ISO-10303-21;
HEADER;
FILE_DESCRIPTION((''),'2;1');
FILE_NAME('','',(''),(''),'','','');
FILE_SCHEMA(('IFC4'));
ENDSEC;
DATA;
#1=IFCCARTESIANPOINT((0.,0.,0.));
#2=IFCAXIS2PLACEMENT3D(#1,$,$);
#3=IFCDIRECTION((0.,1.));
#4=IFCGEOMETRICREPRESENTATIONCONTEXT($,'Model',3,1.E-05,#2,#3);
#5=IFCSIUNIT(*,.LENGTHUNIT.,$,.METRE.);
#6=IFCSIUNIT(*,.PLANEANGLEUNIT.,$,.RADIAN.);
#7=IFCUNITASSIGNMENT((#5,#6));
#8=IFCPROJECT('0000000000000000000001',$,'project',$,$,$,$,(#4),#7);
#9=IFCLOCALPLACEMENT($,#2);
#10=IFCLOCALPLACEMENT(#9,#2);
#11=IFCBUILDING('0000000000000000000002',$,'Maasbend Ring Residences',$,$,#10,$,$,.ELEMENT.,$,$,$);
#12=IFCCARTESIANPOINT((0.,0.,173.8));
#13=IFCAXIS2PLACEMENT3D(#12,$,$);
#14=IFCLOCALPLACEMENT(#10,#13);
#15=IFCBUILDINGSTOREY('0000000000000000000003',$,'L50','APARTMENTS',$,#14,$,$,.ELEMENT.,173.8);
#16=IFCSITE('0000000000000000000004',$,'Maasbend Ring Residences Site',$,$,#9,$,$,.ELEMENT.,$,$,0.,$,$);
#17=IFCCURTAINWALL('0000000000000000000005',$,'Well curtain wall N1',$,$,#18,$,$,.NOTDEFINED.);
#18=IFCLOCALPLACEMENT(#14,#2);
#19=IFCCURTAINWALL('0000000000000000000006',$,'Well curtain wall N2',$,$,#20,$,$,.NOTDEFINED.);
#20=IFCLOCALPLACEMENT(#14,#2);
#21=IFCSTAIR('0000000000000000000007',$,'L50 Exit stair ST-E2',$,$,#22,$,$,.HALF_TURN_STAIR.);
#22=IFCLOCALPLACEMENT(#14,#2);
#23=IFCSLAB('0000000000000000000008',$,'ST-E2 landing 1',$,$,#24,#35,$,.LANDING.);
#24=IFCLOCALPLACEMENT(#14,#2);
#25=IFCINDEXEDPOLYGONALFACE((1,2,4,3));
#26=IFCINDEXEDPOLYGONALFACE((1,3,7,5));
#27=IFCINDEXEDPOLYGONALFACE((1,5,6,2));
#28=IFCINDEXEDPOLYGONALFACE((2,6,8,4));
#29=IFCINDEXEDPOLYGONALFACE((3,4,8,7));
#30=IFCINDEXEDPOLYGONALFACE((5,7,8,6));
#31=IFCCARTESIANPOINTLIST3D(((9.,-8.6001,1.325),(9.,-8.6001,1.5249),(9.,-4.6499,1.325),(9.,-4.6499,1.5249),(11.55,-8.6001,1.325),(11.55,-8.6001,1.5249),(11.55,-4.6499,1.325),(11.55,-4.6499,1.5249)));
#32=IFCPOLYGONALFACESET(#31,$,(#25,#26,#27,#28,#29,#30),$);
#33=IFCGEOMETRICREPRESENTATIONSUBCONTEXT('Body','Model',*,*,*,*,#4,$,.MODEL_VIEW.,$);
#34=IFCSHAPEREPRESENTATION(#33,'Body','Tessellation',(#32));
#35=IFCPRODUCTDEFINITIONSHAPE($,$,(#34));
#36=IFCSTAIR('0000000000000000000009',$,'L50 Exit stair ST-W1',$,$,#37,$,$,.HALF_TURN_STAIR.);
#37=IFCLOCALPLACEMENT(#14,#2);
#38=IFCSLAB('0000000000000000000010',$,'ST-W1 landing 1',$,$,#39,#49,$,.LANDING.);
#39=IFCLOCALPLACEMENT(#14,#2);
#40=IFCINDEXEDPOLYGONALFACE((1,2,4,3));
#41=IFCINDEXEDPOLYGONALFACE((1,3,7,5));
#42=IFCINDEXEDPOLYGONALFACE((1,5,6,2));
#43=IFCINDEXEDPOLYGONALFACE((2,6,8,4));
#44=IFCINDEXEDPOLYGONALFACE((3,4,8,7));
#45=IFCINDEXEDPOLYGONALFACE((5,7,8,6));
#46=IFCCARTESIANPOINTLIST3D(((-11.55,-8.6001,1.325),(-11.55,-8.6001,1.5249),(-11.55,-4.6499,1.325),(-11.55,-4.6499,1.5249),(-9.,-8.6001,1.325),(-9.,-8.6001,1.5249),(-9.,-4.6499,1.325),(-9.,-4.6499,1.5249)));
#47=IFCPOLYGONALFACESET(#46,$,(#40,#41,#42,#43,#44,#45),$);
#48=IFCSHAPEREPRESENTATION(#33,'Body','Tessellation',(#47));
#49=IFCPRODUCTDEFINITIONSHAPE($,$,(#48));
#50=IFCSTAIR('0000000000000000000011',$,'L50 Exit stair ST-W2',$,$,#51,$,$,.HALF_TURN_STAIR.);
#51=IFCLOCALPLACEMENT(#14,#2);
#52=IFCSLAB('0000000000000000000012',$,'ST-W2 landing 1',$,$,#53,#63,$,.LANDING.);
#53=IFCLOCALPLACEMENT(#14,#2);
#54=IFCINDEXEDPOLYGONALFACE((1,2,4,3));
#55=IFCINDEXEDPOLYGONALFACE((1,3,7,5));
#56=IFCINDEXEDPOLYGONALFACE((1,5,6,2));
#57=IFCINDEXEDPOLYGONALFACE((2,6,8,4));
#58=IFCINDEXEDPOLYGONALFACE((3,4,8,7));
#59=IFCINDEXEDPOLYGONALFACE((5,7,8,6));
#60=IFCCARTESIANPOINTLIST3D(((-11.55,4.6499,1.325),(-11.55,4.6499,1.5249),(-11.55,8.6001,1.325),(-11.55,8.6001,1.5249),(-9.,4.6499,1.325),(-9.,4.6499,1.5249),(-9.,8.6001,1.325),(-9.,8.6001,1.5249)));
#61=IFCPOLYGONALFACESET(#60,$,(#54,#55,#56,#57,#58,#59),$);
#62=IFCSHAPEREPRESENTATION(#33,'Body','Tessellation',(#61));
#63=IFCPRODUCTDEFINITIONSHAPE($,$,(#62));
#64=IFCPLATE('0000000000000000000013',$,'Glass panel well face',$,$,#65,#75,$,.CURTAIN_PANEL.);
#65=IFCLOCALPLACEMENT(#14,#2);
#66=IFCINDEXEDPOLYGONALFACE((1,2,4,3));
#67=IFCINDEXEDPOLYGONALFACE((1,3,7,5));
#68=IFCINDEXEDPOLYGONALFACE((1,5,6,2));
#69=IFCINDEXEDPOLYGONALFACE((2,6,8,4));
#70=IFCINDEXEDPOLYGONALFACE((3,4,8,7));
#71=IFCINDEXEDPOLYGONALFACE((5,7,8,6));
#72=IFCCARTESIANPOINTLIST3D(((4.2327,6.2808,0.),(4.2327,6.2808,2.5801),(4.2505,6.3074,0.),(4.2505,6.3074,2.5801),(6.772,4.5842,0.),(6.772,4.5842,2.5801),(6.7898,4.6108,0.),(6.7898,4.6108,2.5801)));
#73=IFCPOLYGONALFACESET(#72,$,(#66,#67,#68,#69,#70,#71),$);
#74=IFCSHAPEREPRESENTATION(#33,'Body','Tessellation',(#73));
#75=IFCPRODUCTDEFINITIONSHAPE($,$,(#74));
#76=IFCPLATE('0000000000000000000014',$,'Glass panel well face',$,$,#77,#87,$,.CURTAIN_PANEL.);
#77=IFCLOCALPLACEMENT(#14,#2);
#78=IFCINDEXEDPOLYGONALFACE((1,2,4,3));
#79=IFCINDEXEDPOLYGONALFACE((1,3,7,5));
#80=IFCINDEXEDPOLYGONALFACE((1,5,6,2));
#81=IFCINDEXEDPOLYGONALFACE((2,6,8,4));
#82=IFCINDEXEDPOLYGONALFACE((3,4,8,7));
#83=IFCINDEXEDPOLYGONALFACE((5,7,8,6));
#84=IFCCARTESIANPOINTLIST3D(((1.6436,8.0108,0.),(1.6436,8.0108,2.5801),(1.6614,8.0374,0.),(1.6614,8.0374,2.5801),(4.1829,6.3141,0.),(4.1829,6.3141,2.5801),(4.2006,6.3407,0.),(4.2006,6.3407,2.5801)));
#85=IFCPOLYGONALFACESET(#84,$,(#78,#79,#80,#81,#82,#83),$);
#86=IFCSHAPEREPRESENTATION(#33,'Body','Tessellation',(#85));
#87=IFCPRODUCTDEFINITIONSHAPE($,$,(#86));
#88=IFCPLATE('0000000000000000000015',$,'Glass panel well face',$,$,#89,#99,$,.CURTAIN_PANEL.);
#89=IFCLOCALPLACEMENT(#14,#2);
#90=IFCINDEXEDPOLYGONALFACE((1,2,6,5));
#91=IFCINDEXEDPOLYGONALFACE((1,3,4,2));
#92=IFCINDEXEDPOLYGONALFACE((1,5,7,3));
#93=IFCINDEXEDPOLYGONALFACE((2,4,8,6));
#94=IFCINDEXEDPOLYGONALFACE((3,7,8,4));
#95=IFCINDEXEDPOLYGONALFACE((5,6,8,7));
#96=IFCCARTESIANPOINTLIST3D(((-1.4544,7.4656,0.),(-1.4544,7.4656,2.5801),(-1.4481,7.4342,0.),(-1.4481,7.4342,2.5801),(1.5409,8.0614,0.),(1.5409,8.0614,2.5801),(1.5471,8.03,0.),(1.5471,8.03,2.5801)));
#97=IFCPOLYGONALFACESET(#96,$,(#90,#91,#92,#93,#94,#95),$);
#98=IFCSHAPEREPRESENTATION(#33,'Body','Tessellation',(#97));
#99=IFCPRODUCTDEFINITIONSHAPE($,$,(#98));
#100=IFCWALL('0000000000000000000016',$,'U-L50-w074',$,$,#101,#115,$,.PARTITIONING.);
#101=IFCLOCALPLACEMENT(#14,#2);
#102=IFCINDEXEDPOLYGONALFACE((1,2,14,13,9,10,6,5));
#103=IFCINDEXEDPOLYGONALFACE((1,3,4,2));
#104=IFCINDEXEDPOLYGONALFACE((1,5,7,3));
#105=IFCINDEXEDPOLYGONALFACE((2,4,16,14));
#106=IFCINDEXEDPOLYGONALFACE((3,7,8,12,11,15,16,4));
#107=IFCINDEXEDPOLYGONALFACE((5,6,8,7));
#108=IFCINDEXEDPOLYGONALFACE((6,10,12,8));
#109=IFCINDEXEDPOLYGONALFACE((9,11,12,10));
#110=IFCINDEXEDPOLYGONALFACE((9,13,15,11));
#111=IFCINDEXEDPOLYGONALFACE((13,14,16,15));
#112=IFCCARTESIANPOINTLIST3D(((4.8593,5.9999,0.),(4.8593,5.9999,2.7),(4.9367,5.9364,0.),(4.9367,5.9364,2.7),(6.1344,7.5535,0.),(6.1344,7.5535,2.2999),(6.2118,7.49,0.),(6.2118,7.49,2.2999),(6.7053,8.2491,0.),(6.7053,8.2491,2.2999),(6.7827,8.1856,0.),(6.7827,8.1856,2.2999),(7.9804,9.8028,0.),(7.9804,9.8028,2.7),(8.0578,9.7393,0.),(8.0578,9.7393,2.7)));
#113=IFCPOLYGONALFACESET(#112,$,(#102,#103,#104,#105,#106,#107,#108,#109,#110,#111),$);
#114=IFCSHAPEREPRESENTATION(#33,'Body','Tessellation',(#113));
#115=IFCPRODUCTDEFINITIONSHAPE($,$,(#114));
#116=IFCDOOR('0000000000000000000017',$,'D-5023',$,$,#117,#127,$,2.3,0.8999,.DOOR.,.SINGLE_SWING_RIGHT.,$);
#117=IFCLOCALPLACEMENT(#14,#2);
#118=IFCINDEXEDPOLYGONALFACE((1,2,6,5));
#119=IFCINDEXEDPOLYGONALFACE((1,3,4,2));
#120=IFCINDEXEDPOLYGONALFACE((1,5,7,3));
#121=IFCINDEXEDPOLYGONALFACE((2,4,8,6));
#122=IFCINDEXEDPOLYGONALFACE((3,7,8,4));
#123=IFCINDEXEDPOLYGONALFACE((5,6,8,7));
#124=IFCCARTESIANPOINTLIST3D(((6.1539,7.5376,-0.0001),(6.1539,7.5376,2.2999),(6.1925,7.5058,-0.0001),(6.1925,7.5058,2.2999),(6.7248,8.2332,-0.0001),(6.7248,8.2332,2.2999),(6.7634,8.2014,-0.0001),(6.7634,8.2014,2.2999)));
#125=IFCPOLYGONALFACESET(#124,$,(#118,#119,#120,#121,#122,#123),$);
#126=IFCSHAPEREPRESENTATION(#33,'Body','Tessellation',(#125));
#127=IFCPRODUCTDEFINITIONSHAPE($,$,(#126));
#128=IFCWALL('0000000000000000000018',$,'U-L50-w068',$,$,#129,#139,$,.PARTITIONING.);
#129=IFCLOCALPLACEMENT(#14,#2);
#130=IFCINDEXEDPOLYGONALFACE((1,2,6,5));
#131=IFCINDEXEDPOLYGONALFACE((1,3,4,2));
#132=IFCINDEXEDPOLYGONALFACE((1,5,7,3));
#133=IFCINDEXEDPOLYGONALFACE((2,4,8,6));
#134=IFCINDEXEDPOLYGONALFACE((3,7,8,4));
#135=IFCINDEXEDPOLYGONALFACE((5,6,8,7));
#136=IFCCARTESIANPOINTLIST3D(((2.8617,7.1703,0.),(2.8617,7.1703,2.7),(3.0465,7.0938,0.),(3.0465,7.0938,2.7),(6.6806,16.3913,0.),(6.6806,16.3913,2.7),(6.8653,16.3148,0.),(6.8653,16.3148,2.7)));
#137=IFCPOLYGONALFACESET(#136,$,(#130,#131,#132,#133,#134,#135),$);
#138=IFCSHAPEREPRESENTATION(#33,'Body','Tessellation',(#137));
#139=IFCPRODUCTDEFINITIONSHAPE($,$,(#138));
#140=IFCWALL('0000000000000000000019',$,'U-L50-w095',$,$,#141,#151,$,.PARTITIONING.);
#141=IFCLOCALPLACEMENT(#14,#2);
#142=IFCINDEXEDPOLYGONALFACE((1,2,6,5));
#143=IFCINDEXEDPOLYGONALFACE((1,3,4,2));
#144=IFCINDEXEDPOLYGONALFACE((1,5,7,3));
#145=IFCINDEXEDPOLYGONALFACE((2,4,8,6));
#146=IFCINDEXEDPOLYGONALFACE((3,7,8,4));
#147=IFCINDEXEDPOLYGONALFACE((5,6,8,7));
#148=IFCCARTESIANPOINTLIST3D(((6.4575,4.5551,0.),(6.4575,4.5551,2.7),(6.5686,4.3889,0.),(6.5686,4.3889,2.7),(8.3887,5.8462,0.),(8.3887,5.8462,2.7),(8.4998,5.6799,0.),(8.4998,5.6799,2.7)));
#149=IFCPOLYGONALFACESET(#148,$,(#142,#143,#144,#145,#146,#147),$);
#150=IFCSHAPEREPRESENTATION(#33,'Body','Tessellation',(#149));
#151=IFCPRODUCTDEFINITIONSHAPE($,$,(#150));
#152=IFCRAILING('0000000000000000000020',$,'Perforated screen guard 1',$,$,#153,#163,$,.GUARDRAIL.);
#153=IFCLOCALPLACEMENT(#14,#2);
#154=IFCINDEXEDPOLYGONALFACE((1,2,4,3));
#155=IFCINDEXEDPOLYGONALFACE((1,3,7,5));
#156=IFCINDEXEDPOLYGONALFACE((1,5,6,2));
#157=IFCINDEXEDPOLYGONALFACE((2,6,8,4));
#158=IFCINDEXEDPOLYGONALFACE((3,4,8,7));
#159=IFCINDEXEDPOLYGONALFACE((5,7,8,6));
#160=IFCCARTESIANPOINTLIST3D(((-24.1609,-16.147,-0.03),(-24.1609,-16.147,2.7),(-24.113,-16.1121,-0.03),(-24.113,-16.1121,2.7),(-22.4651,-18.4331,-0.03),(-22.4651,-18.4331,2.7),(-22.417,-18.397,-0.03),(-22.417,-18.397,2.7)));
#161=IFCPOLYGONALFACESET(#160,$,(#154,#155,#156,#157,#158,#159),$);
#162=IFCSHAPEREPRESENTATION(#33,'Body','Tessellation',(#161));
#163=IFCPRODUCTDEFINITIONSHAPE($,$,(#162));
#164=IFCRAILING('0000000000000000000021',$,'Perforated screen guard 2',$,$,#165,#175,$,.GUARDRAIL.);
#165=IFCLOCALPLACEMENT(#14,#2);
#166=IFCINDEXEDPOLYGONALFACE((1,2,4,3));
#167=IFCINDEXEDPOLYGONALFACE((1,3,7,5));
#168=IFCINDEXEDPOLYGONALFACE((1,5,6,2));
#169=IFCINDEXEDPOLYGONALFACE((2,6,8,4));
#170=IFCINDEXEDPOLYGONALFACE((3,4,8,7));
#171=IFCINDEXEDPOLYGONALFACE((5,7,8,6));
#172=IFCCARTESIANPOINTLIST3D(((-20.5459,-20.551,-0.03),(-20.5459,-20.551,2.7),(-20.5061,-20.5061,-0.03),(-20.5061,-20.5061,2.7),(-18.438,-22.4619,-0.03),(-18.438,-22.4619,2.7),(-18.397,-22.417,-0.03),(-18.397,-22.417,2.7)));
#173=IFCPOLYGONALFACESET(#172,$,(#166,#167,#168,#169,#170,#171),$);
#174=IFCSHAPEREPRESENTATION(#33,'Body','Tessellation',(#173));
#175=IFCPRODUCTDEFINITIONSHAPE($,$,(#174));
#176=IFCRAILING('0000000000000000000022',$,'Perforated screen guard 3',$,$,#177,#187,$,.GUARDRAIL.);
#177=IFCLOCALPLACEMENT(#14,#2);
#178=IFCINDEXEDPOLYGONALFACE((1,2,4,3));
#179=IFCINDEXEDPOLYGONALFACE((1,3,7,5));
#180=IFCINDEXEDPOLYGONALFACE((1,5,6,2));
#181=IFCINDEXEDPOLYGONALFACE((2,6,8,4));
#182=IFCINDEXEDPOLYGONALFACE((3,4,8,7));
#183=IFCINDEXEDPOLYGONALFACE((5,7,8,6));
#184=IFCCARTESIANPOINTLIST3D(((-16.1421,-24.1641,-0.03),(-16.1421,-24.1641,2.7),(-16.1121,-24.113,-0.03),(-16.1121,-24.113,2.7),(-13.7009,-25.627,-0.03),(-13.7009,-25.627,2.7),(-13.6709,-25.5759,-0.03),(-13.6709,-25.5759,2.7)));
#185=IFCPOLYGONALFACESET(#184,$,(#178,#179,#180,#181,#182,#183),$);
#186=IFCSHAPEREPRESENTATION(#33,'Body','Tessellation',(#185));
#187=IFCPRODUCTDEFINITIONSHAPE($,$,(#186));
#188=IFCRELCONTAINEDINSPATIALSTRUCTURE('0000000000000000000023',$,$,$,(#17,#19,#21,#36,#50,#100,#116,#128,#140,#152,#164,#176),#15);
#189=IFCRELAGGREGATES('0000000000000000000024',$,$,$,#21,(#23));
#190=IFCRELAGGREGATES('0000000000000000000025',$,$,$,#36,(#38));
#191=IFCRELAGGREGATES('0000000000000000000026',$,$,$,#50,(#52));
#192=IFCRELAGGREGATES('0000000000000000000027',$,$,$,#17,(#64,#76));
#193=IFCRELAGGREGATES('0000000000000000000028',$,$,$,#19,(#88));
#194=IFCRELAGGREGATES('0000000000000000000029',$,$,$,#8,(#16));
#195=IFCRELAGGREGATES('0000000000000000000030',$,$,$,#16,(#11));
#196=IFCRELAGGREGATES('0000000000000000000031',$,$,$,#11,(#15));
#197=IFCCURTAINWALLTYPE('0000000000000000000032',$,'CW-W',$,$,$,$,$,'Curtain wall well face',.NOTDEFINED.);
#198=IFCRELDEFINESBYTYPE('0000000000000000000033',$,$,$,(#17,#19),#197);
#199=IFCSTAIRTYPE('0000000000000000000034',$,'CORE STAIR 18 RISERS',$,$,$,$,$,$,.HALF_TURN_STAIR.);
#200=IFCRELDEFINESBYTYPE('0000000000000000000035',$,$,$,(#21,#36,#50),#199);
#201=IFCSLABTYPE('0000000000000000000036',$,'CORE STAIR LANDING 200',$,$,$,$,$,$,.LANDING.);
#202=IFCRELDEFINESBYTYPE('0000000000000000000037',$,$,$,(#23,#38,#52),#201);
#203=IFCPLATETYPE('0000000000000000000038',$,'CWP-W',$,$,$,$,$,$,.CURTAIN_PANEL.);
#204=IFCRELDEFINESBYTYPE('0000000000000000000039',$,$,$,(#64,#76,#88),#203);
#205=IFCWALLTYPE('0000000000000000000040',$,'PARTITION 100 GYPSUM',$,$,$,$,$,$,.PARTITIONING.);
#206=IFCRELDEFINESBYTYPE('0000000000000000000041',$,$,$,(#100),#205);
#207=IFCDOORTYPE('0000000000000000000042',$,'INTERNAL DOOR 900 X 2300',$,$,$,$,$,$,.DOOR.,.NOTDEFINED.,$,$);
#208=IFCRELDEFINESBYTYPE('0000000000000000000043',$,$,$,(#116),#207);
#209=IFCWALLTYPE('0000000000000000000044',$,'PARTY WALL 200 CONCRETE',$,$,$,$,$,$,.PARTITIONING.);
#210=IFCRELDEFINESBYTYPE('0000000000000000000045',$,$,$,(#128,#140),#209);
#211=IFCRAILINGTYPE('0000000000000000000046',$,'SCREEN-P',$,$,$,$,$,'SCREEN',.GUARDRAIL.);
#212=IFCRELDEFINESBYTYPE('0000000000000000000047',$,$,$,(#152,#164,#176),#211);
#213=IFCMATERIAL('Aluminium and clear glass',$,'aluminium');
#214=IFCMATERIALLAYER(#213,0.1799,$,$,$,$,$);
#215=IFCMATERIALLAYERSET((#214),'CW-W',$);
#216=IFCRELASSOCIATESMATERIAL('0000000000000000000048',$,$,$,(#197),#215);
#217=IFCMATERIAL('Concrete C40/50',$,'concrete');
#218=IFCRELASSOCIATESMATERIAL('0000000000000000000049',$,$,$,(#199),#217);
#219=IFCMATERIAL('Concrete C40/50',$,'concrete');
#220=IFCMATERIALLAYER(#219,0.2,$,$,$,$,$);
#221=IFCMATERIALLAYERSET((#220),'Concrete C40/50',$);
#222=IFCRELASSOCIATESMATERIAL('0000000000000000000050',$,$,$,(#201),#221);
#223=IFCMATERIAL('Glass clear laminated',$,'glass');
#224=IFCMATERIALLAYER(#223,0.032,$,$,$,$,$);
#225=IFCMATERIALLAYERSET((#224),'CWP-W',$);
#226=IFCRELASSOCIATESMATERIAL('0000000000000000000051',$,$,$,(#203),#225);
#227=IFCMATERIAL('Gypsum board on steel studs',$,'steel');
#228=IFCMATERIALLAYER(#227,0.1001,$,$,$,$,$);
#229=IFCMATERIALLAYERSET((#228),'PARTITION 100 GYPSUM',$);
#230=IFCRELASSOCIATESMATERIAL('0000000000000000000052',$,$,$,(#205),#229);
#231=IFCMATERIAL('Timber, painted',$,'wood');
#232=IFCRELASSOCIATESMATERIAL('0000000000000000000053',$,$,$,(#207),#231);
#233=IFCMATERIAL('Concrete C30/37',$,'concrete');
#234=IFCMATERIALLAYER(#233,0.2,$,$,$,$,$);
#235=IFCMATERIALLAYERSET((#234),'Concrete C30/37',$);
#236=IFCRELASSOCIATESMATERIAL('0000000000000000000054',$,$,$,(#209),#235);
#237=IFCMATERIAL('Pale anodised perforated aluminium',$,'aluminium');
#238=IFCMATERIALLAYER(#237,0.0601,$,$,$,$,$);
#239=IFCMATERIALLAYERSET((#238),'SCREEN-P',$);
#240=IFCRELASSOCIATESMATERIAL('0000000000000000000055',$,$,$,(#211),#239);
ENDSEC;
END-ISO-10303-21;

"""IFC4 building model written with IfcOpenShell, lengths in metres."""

from ifc_helpers import new_model, si_unit, direction, frame, frame_2d, origin, origin_2d, place, context, subcontext, project, spatial, polyline, rectangle, outline, extrude, material, layer, layer_set, type_object, element, fill, aggregate, save


model = new_model("IFC4")

# Units and contexts
model_context = context("Model", 3, precision=1e-05, world=origin(), true_north=direction((0.0, 1.0)))
body_context = subcontext(model_context, "Body", "Model", "MODEL_VIEW")
ifc_project = project(units=[si_unit("LENGTHUNIT", "METRE"), si_unit("PLANEANGLEUNIT", "RADIAN")], contexts=[model_context])

# Site, building, storey
site_placement = place(None, origin())
site = spatial("IfcSite", under=ifc_project, at=site_placement, Name="Maasbend Ring Residences Site", CompositionType="ELEMENT", RefElevation=0.0)
building_placement = place(site_placement, origin())
building = spatial("IfcBuilding", under=site, at=building_placement, Name="Maasbend Ring Residences", CompositionType="ELEMENT")
storey_placement = place(building_placement, frame((0.0, 0.0, 173.8)))
storey = spatial("IfcBuildingStorey", under=building, at=storey_placement, Name="L50", Description="APARTMENTS", CompositionType="ELEMENT", Elevation=173.8)

# Curtain wall
ifc_material_1 = material(Name="Aluminium and clear glass", Category="aluminium")
ifc_layer_1 = layer(ifc_material_1, 0.1799)
ifc_layer_set_1 = layer_set([ifc_layer_1], Name="CW-W")
curtain_wall_type = type_object("IfcCurtainWallType", Name="CW-W", ElementType="Curtain wall well face", PredefinedType="NOTDEFINED", material=ifc_layer_set_1)
curtain_wall_1_placement = place(storey_placement, origin())
curtain_wall_1 = element("IfcCurtainWall", 1, at=curtain_wall_1_placement, inside=storey, type_object=curtain_wall_type, Name="Well curtain wall N1", PredefinedType="NOTDEFINED")

# Curtain wall
curtain_wall_2_placement = place(storey_placement, origin())
curtain_wall_2 = element("IfcCurtainWall", 2, at=curtain_wall_2_placement, inside=storey, type_object=curtain_wall_type, Name="Well curtain wall N2", PredefinedType="NOTDEFINED")

# Stairs, slabs
ifc_material_2 = material(Name="Concrete C40/50", Category="concrete")
stair_type = type_object("IfcStairType", Name="CORE STAIR 18 RISERS", PredefinedType="HALF_TURN_STAIR", material=ifc_material_2)
ifc_material_3 = material(Name="Concrete C40/50", Category="concrete")
ifc_layer_2 = layer(ifc_material_3, 0.2)
ifc_layer_set_2 = layer_set([ifc_layer_2], Name="Concrete C40/50")
slab_type = type_object("IfcSlabType", Name="CORE STAIR LANDING 200", PredefinedType="LANDING", material=ifc_layer_set_2)
stair_1_placement = place(storey_placement, origin())
stair_1 = element("IfcStair", 3, at=stair_1_placement, inside=storey, type_object=stair_type, Name="L50 Exit stair ST-E2", PredefinedType="HALF_TURN_STAIR")
slab_1_placement = place(storey_placement, frame((0.0, 0.0, 1.325)))
slab_1 = element("IfcSlab", 4, at=slab_1_placement, type_object=slab_type, Name="ST-E2 landing 1", PredefinedType="LANDING", context=body_context, shape_type="SweptSolid", body=[
    extrude(outline(polyline([(11.55, -4.6499), (9.0, -4.6499), (9.0, -8.6001), (11.55, -8.6001), (11.55, -4.6499)])), origin(), (0.0, 0.0, 1.0), 0.2),
])
aggregate(stair_1, [slab_1])
stair_2_placement = place(storey_placement, origin())
stair_2 = element("IfcStair", 5, at=stair_2_placement, inside=storey, type_object=stair_type, Name="L50 Exit stair ST-W1", PredefinedType="HALF_TURN_STAIR")
slab_2_placement = place(storey_placement, frame((0.0, 0.0, 1.325)))
slab_2 = element("IfcSlab", 6, at=slab_2_placement, type_object=slab_type, Name="ST-W1 landing 1", PredefinedType="LANDING", context=body_context, shape_type="SweptSolid", body=[
    extrude(outline(polyline([(-11.55, -8.6001), (-9.0, -8.6001), (-9.0, -4.6499), (-11.55, -4.6499), (-11.55, -8.6001)])), origin(), (0.0, 0.0, 1.0), 0.2),
])
aggregate(stair_2, [slab_2])
stair_3_placement = place(storey_placement, origin())
stair_3 = element("IfcStair", 7, at=stair_3_placement, inside=storey, type_object=stair_type, Name="L50 Exit stair ST-W2", PredefinedType="HALF_TURN_STAIR")
slab_3_placement = place(storey_placement, frame((0.0, 0.0, 1.325)))
slab_3 = element("IfcSlab", 8, at=slab_3_placement, type_object=slab_type, Name="ST-W2 landing 1", PredefinedType="LANDING", context=body_context, shape_type="SweptSolid", body=[
    extrude(outline(polyline([(-11.55, 4.6499), (-9.0, 4.6499), (-9.0, 8.6001), (-11.55, 8.6001), (-11.55, 4.6499)])), origin(), (0.0, 0.0, 1.0), 0.2),
])
aggregate(stair_3, [slab_3])

# Plates
ifc_material_4 = material(Name="Glass clear laminated", Category="glass")
ifc_layer_3 = layer(ifc_material_4, 0.032)
ifc_layer_set_3 = layer_set([ifc_layer_3], Name="CWP-W")
plate_type = type_object("IfcPlateType", Name="CWP-W", PredefinedType="CURTAIN_PANEL", material=ifc_layer_set_3)
plate_1_placement = place(storey_placement, frame((5.5112, 5.4458, 0.0), z_axis=(0.0, 0.0, 1.0), x_axis=(-0.83147, 0.55557, 0.0)))
plate_1 = element("IfcPlate", 9, at=plate_1_placement, type_object=plate_type, Name="Glass panel well face", PredefinedType="CURTAIN_PANEL", context=body_context, shape_type="SweptSolid", body=[
    extrude(rectangle(XDim=3.054, YDim=0.032, at=origin_2d()), origin(), (0.0, 0.0, 1.0), 2.5801),
])
plate_2_placement = place(storey_placement, frame((2.9221, 7.1758, 0.0), z_axis=(0.0, 0.0, 1.0), x_axis=(-0.83147, 0.55557, 0.0)))
plate_2 = element("IfcPlate", 10, at=plate_2_placement, type_object=plate_type, Name="Glass panel well face", PredefinedType="CURTAIN_PANEL", context=body_context, shape_type="SweptSolid", body=[
    extrude(rectangle(XDim=3.054, YDim=0.032, at=origin_2d()), origin(), (0.0, 0.0, 1.0), 2.5801),
])
aggregate(curtain_wall_1, [plate_1, plate_2])
plate_3_placement = place(storey_placement, frame((0.0464, 7.7478, 0.0), z_axis=(0.0, 0.0, 1.0), x_axis=(-0.980785, -0.19509, 0.0)))
plate_3 = element("IfcPlate", 11, at=plate_3_placement, type_object=plate_type, Name="Glass panel well face", PredefinedType="CURTAIN_PANEL", context=body_context, shape_type="SweptSolid", body=[
    extrude(rectangle(XDim=3.054, YDim=0.032, at=origin_2d()), origin(), (0.0, 0.0, 1.0), 2.5801),
])
aggregate(curtain_wall_2, [plate_3])

# Wall, opening, door
ifc_material_5 = material(Name="Gypsum board on steel studs", Category="steel")
ifc_layer_4 = layer(ifc_material_5, 0.1001)
ifc_layer_set_4 = layer_set([ifc_layer_4], Name="PARTITION 100 GYPSUM")
wall_type_1 = type_object("IfcWallType", Name="PARTITION 100 GYPSUM", PredefinedType="PARTITIONING", material=ifc_layer_set_4)
wall_1_placement = place(storey_placement, frame((4.8979, 5.968, 0.0), z_axis=(0.0, 0.0, 1.0), x_axis=(0.634402, 0.773003, 0.0)))
wall_1 = element("IfcWall", 12, at=wall_1_placement, inside=storey, type_object=wall_type_1, Name="U-L50-w074", PredefinedType="PARTITIONING", context=body_context, shape_type="SweptSolid", body=[
    extrude(rectangle(XDim=4.9197, YDim=0.1001, at=frame_2d((2.46, 0.0))), origin(), (0.0, 0.0, 1.0), 2.7),
])
opening_placement = place(wall_1_placement, frame((2.01, 0.0, 0.0)))
opening = element("IfcOpeningElement", 13, at=opening_placement, cuts=wall_1, PredefinedType="OPENING", context=body_context, shape_type="SweptSolid", body=[
    extrude(rectangle(XDim=0.8999, YDim=2.3, at=frame_2d((0.45, 1.1499))), frame((0.0, 0.0601, 0.0), z_axis=(0.0, -1.0, 0.0), x_axis=(1.0, 0.0, 0.0)), (0.0, 0.0, 1.0), 0.1201),
])
ifc_material_6 = material(Name="Timber, painted", Category="wood")
door_type = type_object("IfcDoorType", Name="INTERNAL DOOR 900 X 2300", OperationType="NOTDEFINED", PredefinedType="DOOR", material=ifc_material_6)
door_placement = place(opening_placement, origin())
door = element("IfcDoor", 14, at=door_placement, inside=storey, type_object=door_type, Name="D-5023", OperationType="SINGLE_SWING_RIGHT", OverallHeight=2.3, OverallWidth=0.8999, PredefinedType="DOOR", context=body_context, shape_type="SweptSolid", body=[
    extrude(rectangle(XDim=0.8999, YDim=2.3, at=frame_2d((0.45, 1.1499))), frame((0.0, 0.0249, 0.0), z_axis=(0.0, -1.0, 0.0), x_axis=(1.0, 0.0, 0.0)), (0.0, 0.0, 1.0), 0.05),
])
fill(opening, door)

# Walls
ifc_material_7 = material(Name="Concrete C30/37", Category="concrete")
ifc_layer_5 = layer(ifc_material_7, 0.2)
ifc_layer_set_5 = layer_set([ifc_layer_5], Name="Concrete C30/37")
wall_type_2 = type_object("IfcWallType", Name="PARTY WALL 200 CONCRETE", PredefinedType="PARTITIONING", material=ifc_layer_set_5)
wall_2_placement = place(storey_placement, frame((2.9541, 7.1321, 0.0), z_axis=(0.0, 0.0, 1.0), x_axis=(0.382633, 0.923901, 0.0)))
element("IfcWall", 15, at=wall_2_placement, inside=storey, type_object=wall_type_2, Name="U-L50-w068", PredefinedType="PARTITIONING", context=body_context, shape_type="SweptSolid", body=[
    extrude(rectangle(XDim=9.9805, YDim=0.2, at=frame_2d((4.9902, 0.0))), origin(), (0.0, 0.0, 1.0), 2.7),
])
wall_3_placement = place(storey_placement, frame((6.5129, 4.4719, 0.0), z_axis=(0.0, 0.0, 1.0), x_axis=(0.831338, 0.555767, 0.0)))
element("IfcWall", 16, at=wall_3_placement, inside=storey, type_object=wall_type_2, Name="U-L50-w095", PredefinedType="PARTITIONING", context=body_context, shape_type="SweptSolid", body=[
    extrude(rectangle(XDim=2.323, YDim=0.2, at=frame_2d((1.1616, 0.0))), origin(), (0.0, 0.0, 1.0), 2.7),
])

# Railings
ifc_material_8 = material(Name="Pale anodised perforated aluminium", Category="aluminium")
ifc_layer_6 = layer(ifc_material_8, 0.0601)
ifc_layer_set_6 = layer_set([ifc_layer_6], Name="SCREEN-P")
railing_type = type_object("IfcRailingType", Name="SCREEN-P", ElementType="SCREEN", PredefinedType="GUARDRAIL", material=ifc_layer_set_6)
railing_1_placement = place(storey_placement, frame((0.0, 0.0, -0.03)))
element("IfcRailing", 17, at=railing_1_placement, inside=storey, type_object=railing_type, Name="Perforated screen guard 1", PredefinedType="GUARDRAIL", context=body_context, shape_type="SweptSolid", body=[
    extrude(outline(polyline([(-24.113, -16.1121), (-22.417, -18.397), (-22.4651, -18.4331), (-24.1609, -16.147), (-24.113, -16.1121)])), origin(), (0.0, 0.0, 1.0), 2.73),
])
railing_2_placement = place(storey_placement, frame((0.0, 0.0, -0.03)))
element("IfcRailing", 18, at=railing_2_placement, inside=storey, type_object=railing_type, Name="Perforated screen guard 2", PredefinedType="GUARDRAIL", context=body_context, shape_type="SweptSolid", body=[
    extrude(outline(polyline([(-20.5061, -20.5061), (-18.397, -22.417), (-18.438, -22.4619), (-20.5459, -20.551), (-20.5061, -20.5061)])), origin(), (0.0, 0.0, 1.0), 2.73),
])
railing_3_placement = place(storey_placement, frame((0.0, 0.0, -0.03)))
element("IfcRailing", 19, at=railing_3_placement, inside=storey, type_object=railing_type, Name="Perforated screen guard 3", PredefinedType="GUARDRAIL", context=body_context, shape_type="SweptSolid", body=[
    extrude(outline(polyline([(-16.1121, -24.113), (-13.6709, -25.5759), (-13.7009, -25.627), (-16.1421, -24.1641), (-16.1121, -24.113)])), origin(), (0.0, 0.0, 1.0), 2.73),
])

save(model, "model.ifc")
